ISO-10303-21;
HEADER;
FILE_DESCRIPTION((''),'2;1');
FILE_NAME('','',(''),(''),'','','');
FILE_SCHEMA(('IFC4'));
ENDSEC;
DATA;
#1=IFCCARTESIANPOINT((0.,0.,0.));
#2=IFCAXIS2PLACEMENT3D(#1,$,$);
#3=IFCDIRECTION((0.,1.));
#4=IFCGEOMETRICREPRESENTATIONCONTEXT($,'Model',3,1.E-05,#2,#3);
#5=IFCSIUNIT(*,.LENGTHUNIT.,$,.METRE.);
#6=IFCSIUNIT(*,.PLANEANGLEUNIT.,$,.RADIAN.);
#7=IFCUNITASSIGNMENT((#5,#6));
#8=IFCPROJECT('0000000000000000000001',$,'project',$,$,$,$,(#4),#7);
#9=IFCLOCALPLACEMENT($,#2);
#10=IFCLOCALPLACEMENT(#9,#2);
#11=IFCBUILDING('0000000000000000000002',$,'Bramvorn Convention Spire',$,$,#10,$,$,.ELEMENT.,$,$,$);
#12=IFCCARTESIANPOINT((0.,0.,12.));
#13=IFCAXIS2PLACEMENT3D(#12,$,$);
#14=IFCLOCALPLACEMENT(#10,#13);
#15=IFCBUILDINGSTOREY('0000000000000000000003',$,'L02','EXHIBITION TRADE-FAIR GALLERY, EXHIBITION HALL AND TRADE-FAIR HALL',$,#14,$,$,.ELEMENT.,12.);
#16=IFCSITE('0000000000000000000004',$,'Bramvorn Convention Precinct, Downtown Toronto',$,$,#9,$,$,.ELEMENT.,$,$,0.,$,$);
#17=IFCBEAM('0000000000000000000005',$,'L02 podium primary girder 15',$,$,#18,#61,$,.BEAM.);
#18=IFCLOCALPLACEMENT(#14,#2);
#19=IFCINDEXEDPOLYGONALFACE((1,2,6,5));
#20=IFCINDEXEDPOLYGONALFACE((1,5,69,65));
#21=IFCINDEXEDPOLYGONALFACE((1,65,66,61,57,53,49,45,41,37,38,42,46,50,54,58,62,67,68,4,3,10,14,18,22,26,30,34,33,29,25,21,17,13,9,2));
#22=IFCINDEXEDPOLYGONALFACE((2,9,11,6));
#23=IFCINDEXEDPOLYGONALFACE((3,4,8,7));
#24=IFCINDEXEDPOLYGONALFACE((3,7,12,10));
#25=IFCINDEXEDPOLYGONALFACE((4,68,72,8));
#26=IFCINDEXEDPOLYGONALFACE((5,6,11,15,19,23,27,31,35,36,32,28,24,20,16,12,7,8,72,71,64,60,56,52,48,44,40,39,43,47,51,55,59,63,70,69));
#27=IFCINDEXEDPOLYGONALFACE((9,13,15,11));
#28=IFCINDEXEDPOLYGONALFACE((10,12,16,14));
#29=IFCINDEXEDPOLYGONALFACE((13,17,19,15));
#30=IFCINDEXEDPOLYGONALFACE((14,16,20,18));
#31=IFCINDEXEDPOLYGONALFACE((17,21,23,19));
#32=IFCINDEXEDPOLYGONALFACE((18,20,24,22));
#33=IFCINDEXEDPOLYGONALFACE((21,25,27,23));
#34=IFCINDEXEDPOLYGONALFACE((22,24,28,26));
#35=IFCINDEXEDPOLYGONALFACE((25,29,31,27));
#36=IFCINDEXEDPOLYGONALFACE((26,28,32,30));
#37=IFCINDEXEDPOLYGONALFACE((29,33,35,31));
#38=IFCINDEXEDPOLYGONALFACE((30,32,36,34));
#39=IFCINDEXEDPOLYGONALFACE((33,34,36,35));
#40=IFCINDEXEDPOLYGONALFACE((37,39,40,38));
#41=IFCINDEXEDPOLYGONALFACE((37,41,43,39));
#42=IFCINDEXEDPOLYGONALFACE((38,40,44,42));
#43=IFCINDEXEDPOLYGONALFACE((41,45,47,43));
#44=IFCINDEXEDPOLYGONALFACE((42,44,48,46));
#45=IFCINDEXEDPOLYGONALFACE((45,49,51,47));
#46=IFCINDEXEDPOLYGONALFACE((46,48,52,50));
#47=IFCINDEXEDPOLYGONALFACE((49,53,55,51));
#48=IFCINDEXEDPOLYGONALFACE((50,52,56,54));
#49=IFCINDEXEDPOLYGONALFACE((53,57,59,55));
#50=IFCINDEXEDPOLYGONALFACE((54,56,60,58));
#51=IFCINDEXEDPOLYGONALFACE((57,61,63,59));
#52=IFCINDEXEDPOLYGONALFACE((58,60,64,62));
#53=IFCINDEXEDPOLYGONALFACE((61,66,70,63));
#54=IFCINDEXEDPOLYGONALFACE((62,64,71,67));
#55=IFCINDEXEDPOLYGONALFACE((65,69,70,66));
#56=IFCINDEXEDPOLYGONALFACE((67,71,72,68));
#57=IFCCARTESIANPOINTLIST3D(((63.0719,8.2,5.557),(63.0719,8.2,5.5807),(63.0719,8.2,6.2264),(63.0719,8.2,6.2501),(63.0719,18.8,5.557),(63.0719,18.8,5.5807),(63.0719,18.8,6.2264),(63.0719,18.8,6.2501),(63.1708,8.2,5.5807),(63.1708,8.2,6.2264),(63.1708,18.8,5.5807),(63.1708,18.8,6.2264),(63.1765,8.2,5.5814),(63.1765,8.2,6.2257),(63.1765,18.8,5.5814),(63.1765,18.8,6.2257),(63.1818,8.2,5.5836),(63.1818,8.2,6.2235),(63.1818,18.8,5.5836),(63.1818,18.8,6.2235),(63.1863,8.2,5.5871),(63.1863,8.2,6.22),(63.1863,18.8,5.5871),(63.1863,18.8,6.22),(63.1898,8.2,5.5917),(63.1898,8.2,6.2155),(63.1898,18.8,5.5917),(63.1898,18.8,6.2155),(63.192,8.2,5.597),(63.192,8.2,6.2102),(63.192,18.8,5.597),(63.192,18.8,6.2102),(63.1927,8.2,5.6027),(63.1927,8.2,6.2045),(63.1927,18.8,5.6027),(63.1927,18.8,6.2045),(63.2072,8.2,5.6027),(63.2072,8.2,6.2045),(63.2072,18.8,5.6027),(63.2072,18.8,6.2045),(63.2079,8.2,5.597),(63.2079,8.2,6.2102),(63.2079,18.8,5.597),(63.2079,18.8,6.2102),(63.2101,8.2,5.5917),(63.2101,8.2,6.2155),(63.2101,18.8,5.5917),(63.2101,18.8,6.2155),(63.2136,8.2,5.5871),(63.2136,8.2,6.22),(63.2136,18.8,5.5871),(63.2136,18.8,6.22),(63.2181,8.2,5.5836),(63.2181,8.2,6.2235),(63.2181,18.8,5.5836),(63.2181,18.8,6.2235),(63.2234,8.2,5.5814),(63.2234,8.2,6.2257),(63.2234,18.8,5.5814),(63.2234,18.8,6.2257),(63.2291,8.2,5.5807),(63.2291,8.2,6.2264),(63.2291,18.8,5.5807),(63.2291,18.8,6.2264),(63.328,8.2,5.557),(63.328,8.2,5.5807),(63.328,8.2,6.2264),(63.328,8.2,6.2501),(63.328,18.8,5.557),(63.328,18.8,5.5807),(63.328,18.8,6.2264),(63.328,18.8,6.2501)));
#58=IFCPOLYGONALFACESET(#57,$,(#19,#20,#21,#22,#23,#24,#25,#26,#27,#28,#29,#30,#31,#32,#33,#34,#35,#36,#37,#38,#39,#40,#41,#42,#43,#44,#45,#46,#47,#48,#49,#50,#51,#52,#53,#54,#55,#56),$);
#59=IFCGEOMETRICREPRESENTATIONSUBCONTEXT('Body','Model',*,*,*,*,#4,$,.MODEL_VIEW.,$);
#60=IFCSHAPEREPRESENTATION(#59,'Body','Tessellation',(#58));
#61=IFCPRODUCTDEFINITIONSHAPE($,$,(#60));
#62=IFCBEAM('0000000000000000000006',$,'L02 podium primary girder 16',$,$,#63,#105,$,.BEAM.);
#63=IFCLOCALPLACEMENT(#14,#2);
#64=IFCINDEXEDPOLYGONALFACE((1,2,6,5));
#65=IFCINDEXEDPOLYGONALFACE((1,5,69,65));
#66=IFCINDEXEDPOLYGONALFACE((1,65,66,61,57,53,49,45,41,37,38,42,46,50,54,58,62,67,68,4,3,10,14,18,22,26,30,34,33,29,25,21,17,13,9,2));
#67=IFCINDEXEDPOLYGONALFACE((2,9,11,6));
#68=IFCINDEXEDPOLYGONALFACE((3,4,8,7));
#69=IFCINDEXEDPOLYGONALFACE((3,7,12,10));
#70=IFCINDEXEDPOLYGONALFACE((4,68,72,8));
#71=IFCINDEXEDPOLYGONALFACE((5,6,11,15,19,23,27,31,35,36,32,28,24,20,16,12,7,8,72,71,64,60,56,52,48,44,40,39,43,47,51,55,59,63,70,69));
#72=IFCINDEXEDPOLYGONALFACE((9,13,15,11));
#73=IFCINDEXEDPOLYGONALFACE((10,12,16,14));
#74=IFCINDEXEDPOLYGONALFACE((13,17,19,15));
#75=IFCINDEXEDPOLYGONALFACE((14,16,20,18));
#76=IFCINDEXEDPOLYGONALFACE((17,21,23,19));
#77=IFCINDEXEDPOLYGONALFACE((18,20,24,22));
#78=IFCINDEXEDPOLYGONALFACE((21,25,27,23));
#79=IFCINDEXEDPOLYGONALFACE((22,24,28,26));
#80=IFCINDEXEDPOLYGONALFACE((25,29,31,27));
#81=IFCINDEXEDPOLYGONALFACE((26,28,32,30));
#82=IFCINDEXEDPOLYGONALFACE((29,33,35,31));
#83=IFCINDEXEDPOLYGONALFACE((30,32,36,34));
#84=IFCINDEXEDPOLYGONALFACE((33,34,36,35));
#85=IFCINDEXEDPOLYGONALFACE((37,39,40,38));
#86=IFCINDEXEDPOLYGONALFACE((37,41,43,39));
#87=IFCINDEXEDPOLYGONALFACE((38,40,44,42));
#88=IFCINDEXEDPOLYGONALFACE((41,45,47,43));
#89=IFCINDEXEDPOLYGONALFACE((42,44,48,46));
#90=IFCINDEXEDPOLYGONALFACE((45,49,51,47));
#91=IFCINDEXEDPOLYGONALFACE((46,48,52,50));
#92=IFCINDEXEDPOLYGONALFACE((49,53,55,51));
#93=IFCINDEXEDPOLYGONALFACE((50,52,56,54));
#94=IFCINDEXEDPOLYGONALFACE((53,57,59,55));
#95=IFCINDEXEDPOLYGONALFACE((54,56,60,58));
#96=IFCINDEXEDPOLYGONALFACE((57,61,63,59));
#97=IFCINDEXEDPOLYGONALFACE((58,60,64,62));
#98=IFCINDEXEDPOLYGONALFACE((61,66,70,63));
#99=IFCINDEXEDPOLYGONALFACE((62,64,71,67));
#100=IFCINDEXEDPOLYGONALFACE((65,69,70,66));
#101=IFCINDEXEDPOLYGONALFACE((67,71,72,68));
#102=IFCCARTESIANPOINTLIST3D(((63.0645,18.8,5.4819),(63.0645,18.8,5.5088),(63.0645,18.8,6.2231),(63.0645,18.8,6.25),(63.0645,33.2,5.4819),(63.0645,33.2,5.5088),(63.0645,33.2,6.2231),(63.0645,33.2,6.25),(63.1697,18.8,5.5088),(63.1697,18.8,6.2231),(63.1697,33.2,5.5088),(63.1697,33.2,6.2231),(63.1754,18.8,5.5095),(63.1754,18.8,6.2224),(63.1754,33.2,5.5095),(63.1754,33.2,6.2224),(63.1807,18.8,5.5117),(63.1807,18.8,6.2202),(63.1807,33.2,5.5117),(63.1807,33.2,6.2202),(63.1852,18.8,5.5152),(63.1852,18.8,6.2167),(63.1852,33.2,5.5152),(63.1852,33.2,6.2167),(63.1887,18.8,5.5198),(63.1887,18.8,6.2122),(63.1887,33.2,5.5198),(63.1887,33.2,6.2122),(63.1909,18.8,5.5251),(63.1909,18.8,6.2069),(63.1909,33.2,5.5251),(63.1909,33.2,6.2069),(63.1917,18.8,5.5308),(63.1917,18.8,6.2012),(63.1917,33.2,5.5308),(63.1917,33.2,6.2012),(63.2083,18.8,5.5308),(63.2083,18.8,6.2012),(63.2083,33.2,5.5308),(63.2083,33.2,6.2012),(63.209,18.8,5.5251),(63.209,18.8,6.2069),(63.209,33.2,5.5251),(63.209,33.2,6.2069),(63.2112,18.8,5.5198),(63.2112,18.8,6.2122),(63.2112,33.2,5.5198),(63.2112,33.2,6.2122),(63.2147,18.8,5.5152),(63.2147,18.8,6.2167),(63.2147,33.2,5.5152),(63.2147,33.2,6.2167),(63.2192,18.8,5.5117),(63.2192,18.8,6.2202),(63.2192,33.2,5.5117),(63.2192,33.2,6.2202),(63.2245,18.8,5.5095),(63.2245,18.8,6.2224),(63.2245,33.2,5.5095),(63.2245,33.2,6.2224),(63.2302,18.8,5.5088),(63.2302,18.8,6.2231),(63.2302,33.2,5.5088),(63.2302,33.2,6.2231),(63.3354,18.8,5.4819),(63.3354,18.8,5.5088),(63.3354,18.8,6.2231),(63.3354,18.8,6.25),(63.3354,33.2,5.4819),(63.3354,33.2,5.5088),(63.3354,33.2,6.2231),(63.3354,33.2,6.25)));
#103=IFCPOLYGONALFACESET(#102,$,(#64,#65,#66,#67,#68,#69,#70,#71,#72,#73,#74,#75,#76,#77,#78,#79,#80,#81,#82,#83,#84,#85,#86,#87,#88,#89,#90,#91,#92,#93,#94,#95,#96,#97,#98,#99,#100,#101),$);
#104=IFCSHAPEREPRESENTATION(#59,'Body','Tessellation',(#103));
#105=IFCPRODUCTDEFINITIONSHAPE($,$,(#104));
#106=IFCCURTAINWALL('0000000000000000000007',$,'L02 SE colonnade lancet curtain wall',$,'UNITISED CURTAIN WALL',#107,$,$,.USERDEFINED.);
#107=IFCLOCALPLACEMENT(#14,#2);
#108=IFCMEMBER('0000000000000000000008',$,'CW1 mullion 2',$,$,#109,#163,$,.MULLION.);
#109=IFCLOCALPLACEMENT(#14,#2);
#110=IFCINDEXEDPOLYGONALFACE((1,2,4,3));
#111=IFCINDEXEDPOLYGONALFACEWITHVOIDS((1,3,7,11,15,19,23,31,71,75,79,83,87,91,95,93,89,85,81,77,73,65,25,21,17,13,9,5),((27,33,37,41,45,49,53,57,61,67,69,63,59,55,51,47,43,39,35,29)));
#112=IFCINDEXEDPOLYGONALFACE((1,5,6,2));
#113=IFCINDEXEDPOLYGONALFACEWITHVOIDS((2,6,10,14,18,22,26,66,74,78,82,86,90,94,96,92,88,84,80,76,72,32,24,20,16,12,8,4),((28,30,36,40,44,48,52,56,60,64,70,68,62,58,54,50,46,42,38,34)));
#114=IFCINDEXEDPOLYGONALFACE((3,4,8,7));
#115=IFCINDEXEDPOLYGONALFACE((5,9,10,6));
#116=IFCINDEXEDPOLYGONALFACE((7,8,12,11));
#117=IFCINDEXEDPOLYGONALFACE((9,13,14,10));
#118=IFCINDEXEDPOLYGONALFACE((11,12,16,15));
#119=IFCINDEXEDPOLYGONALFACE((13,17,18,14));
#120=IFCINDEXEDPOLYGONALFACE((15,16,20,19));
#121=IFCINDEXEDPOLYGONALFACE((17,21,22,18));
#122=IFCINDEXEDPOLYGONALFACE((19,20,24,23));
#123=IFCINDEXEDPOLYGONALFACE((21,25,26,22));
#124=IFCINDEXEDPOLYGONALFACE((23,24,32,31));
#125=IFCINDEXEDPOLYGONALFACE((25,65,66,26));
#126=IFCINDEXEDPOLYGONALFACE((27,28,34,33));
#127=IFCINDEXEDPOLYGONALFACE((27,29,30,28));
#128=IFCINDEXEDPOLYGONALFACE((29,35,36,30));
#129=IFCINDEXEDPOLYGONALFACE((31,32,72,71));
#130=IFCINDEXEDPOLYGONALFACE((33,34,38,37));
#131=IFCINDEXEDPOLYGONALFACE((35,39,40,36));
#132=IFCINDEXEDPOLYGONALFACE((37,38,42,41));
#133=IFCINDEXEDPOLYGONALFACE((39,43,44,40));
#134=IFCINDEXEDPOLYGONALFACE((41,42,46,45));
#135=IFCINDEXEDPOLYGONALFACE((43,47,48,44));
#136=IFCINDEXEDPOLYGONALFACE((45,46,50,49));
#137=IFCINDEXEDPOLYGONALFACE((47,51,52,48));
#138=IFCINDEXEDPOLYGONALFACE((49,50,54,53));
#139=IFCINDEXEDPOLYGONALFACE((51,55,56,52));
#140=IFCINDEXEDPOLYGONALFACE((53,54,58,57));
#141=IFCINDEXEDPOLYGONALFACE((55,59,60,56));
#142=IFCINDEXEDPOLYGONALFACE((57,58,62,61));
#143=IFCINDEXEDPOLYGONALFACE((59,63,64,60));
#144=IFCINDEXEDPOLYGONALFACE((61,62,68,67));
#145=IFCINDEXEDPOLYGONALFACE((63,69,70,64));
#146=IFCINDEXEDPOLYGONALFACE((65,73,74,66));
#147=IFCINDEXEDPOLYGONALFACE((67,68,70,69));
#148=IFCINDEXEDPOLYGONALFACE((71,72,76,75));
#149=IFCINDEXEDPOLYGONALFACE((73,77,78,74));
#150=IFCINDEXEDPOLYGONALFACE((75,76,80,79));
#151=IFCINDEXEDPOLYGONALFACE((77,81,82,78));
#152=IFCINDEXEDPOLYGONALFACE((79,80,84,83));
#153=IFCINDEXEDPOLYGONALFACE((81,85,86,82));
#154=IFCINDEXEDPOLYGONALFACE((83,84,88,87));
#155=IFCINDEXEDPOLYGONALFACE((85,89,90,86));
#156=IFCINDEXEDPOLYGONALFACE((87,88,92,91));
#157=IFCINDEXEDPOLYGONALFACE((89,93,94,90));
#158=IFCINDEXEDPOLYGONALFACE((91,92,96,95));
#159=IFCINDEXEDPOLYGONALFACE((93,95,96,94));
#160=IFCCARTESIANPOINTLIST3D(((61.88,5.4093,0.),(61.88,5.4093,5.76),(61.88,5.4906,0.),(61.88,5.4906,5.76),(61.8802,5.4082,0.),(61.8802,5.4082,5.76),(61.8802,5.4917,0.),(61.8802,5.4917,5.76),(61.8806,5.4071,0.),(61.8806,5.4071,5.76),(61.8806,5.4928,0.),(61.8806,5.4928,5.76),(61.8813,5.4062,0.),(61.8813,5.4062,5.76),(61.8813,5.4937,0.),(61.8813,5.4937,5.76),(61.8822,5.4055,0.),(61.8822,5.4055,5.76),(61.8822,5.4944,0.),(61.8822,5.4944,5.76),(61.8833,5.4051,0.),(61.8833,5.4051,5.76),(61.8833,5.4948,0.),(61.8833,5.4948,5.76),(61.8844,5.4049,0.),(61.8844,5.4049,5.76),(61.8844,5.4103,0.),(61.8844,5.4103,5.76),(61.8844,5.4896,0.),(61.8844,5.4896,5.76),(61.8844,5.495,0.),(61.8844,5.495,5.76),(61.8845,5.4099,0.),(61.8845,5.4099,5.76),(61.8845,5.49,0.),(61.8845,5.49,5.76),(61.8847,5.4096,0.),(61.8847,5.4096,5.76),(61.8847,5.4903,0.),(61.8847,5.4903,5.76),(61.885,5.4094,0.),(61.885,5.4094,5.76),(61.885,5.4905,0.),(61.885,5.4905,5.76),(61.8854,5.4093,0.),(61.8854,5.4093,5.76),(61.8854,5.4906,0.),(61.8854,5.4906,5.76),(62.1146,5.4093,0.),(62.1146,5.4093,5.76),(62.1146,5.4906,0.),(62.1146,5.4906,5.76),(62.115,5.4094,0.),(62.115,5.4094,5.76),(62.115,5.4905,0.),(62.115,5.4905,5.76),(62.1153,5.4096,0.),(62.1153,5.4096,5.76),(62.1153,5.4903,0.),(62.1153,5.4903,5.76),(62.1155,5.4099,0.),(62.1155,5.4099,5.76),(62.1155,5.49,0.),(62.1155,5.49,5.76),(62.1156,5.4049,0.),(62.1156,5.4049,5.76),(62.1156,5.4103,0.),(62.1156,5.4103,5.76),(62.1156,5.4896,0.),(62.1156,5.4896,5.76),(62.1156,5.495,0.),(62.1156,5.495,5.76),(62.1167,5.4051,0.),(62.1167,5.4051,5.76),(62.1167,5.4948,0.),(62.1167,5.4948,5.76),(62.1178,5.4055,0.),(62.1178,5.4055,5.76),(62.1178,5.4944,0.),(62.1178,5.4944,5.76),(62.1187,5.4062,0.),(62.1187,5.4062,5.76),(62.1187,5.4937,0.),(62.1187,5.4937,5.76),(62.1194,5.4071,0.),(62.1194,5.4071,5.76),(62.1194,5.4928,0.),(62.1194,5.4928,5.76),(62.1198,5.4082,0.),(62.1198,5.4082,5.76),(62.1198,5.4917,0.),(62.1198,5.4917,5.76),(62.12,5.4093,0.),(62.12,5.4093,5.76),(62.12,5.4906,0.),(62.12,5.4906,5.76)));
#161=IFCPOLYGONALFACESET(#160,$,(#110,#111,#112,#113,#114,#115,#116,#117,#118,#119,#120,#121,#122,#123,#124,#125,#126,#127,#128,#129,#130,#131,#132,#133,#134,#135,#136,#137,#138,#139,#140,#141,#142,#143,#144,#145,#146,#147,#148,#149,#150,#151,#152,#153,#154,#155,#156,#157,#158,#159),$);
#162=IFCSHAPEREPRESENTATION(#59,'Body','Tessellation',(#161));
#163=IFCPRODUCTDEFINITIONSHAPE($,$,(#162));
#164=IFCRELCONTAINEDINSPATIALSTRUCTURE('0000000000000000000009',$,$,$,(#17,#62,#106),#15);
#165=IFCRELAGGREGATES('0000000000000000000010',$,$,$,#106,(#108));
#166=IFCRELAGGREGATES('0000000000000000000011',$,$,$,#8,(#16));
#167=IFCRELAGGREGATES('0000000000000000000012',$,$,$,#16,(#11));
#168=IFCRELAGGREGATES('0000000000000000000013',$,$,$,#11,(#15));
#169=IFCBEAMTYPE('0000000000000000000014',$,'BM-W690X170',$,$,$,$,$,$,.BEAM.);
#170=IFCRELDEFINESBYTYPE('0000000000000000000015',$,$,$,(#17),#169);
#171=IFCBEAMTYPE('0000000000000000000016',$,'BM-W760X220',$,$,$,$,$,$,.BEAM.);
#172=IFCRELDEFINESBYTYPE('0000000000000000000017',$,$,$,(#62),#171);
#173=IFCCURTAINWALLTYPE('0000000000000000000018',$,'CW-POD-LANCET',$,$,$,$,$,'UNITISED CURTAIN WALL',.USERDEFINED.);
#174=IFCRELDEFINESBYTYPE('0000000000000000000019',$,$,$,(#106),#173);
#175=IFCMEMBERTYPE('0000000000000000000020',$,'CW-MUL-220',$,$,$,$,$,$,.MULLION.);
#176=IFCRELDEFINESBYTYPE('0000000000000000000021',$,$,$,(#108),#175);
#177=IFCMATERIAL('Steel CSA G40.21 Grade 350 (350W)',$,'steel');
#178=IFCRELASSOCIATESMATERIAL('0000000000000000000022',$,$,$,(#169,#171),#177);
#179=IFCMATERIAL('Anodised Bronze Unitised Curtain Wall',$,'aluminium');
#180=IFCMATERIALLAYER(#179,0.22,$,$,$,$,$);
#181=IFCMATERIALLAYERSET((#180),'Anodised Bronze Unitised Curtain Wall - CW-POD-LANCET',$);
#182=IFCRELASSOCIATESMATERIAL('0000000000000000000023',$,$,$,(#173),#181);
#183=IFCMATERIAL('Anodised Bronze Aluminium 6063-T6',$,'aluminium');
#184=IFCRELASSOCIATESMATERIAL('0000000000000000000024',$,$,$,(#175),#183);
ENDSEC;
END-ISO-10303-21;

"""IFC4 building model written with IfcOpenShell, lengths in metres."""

from ifc_helpers import new_model, si_unit, direction, frame, origin, origin_2d, place, context, subcontext, project, spatial, hollow_rectangle, i_section, extrude, material, layer, layer_set, material_profile, profile_set, type_object, element, aggregate, save


model = new_model("IFC4")

# Units and contexts
model_context = context("Model", 3, precision=1e-05, world=origin(), true_north=direction((0.0, 1.0)))
body_context = subcontext(model_context, "Body", "Model", "MODEL_VIEW")
ifc_project = project(units=[si_unit("LENGTHUNIT", "METRE"), si_unit("PLANEANGLEUNIT", "RADIAN")], contexts=[model_context])

# Site, building, storey
site_placement = place(None, origin())
site = spatial("IfcSite", under=ifc_project, at=site_placement, Name="Bramvorn Convention Precinct, Downtown Toronto", CompositionType="ELEMENT", RefElevation=0.0)
building_placement = place(site_placement, origin())
building = spatial("IfcBuilding", under=site, at=building_placement, Name="Bramvorn Convention Spire", CompositionType="ELEMENT")
storey_placement = place(building_placement, frame((0.0, 0.0, 12.0)))
storey = spatial("IfcBuildingStorey", under=building, at=storey_placement, Name="L02", Description="EXHIBITION TRADE-FAIR GALLERY, EXHIBITION HALL AND TRADE-FAIR HALL", CompositionType="ELEMENT", Elevation=12.0)

# Shared definitions
ifc_material_1 = material(Name="Steel CSA G40.21 Grade 350 (350W)", Category="steel")

# Beams
ifc_material_profile_1 = material_profile(ifc_material_1, i_section(OverallWidth=0.2561, OverallDepth=0.6931, WebThickness=0.0144, FlangeThickness=0.0237, FilletRadius=0.022, at=origin_2d()))
ifc_profile_set_1 = profile_set([ifc_material_profile_1], Name="Steel CSA G40.21 Grade 350 (350W) - W690X170")
beam_type_1 = type_object("IfcBeamType", Name="BM-W690X170", PredefinedType="BEAM", material=ifc_profile_set_1)
beam_1_placement = place(storey_placement, frame((63.2, 8.2, 5.9036), z_axis=(0.0, 1.0, 0.0), x_axis=(-1.0, 0.0, 0.0)))
element("IfcBeam", 1, at=beam_1_placement, inside=storey, type_object=beam_type_1, Name="L02 podium primary girder 15", PredefinedType="BEAM", context=body_context, shape_type="SweptSolid", body=[
    extrude(i_section(OverallWidth=0.2561, OverallDepth=0.6931, WebThickness=0.0144, FlangeThickness=0.0237, FilletRadius=0.022, at=origin_2d()), origin(), (0.0, 0.0, 1.0), 10.6001),
])
ifc_material_profile_2 = material_profile(ifc_material_1, i_section(OverallWidth=0.271, OverallDepth=0.7681, WebThickness=0.0166, FlangeThickness=0.0269, FilletRadius=0.022, at=origin_2d()))
ifc_profile_set_2 = profile_set([ifc_material_profile_2], Name="Steel CSA G40.21 Grade 350 (350W) - W760X220")
beam_type_2 = type_object("IfcBeamType", Name="BM-W760X220", PredefinedType="BEAM", material=ifc_profile_set_2)
beam_2_placement = place(storey_placement, frame((63.2, 18.8, 5.866), z_axis=(0.0, 1.0, 0.0), x_axis=(-1.0, 0.0, 0.0)))
element("IfcBeam", 2, at=beam_2_placement, inside=storey, type_object=beam_type_2, Name="L02 podium primary girder 16", PredefinedType="BEAM", context=body_context, shape_type="SweptSolid", body=[
    extrude(i_section(OverallWidth=0.271, OverallDepth=0.7681, WebThickness=0.0166, FlangeThickness=0.0269, FilletRadius=0.022, at=origin_2d()), origin(), (0.0, 0.0, 1.0), 14.3999),
])

# Curtain wall, member
ifc_material_2 = material(Name="Anodised Bronze Unitised Curtain Wall", Category="aluminium")
ifc_layer_1 = layer(ifc_material_2, 0.22)
ifc_layer_set_1 = layer_set([ifc_layer_1], Name="Anodised Bronze Unitised Curtain Wall - CW-POD-LANCET")
curtain_wall_type = type_object("IfcCurtainWallType", Name="CW-POD-LANCET", ElementType="UNITISED CURTAIN WALL", PredefinedType="USERDEFINED", material=ifc_layer_set_1)
curtain_wall_placement = place(storey_placement, origin())
curtain_wall = element("IfcCurtainWall", 3, at=curtain_wall_placement, inside=storey, type_object=curtain_wall_type, Name="L02 SE colonnade lancet curtain wall", ObjectType="UNITISED CURTAIN WALL", PredefinedType="USERDEFINED")
ifc_material_3 = material(Name="Anodised Bronze Aluminium 6063-T6", Category="aluminium")
ifc_material_profile_3 = material_profile(ifc_material_3, hollow_rectangle(XDim=0.0901, YDim=0.24, WallThickness=0.0044, InnerFilletRadius=0.001, OuterFilletRadius=0.0044, at=origin_2d()))
ifc_profile_set_3 = profile_set([ifc_material_profile_3], Name="Anodised Bronze Aluminium 6063-T6 - CWM90X240")
member_type_1 = type_object("IfcMemberType", Name="CW-MUL-220", PredefinedType="MULLION", material=ifc_profile_set_3)
member_1_placement = place(storey_placement, frame((62.0, 5.45, 0.0), z_axis=(0.0, 0.0, 1.0), x_axis=(0.0, 1.0, 0.0)))
member_1 = element("IfcMember", 4, at=member_1_placement, type_object=member_type_1, Name="CW1 mullion 2", PredefinedType="MULLION", context=body_context, shape_type="SweptSolid", body=[
    extrude(hollow_rectangle(XDim=0.0901, YDim=0.24, WallThickness=0.0044, InnerFilletRadius=0.001, OuterFilletRadius=0.0044, at=origin_2d()), origin(), (0.0, 0.0, 1.0), 5.76),
])
aggregate(curtain_wall, [member_1])

save(model, "model.ifc")
